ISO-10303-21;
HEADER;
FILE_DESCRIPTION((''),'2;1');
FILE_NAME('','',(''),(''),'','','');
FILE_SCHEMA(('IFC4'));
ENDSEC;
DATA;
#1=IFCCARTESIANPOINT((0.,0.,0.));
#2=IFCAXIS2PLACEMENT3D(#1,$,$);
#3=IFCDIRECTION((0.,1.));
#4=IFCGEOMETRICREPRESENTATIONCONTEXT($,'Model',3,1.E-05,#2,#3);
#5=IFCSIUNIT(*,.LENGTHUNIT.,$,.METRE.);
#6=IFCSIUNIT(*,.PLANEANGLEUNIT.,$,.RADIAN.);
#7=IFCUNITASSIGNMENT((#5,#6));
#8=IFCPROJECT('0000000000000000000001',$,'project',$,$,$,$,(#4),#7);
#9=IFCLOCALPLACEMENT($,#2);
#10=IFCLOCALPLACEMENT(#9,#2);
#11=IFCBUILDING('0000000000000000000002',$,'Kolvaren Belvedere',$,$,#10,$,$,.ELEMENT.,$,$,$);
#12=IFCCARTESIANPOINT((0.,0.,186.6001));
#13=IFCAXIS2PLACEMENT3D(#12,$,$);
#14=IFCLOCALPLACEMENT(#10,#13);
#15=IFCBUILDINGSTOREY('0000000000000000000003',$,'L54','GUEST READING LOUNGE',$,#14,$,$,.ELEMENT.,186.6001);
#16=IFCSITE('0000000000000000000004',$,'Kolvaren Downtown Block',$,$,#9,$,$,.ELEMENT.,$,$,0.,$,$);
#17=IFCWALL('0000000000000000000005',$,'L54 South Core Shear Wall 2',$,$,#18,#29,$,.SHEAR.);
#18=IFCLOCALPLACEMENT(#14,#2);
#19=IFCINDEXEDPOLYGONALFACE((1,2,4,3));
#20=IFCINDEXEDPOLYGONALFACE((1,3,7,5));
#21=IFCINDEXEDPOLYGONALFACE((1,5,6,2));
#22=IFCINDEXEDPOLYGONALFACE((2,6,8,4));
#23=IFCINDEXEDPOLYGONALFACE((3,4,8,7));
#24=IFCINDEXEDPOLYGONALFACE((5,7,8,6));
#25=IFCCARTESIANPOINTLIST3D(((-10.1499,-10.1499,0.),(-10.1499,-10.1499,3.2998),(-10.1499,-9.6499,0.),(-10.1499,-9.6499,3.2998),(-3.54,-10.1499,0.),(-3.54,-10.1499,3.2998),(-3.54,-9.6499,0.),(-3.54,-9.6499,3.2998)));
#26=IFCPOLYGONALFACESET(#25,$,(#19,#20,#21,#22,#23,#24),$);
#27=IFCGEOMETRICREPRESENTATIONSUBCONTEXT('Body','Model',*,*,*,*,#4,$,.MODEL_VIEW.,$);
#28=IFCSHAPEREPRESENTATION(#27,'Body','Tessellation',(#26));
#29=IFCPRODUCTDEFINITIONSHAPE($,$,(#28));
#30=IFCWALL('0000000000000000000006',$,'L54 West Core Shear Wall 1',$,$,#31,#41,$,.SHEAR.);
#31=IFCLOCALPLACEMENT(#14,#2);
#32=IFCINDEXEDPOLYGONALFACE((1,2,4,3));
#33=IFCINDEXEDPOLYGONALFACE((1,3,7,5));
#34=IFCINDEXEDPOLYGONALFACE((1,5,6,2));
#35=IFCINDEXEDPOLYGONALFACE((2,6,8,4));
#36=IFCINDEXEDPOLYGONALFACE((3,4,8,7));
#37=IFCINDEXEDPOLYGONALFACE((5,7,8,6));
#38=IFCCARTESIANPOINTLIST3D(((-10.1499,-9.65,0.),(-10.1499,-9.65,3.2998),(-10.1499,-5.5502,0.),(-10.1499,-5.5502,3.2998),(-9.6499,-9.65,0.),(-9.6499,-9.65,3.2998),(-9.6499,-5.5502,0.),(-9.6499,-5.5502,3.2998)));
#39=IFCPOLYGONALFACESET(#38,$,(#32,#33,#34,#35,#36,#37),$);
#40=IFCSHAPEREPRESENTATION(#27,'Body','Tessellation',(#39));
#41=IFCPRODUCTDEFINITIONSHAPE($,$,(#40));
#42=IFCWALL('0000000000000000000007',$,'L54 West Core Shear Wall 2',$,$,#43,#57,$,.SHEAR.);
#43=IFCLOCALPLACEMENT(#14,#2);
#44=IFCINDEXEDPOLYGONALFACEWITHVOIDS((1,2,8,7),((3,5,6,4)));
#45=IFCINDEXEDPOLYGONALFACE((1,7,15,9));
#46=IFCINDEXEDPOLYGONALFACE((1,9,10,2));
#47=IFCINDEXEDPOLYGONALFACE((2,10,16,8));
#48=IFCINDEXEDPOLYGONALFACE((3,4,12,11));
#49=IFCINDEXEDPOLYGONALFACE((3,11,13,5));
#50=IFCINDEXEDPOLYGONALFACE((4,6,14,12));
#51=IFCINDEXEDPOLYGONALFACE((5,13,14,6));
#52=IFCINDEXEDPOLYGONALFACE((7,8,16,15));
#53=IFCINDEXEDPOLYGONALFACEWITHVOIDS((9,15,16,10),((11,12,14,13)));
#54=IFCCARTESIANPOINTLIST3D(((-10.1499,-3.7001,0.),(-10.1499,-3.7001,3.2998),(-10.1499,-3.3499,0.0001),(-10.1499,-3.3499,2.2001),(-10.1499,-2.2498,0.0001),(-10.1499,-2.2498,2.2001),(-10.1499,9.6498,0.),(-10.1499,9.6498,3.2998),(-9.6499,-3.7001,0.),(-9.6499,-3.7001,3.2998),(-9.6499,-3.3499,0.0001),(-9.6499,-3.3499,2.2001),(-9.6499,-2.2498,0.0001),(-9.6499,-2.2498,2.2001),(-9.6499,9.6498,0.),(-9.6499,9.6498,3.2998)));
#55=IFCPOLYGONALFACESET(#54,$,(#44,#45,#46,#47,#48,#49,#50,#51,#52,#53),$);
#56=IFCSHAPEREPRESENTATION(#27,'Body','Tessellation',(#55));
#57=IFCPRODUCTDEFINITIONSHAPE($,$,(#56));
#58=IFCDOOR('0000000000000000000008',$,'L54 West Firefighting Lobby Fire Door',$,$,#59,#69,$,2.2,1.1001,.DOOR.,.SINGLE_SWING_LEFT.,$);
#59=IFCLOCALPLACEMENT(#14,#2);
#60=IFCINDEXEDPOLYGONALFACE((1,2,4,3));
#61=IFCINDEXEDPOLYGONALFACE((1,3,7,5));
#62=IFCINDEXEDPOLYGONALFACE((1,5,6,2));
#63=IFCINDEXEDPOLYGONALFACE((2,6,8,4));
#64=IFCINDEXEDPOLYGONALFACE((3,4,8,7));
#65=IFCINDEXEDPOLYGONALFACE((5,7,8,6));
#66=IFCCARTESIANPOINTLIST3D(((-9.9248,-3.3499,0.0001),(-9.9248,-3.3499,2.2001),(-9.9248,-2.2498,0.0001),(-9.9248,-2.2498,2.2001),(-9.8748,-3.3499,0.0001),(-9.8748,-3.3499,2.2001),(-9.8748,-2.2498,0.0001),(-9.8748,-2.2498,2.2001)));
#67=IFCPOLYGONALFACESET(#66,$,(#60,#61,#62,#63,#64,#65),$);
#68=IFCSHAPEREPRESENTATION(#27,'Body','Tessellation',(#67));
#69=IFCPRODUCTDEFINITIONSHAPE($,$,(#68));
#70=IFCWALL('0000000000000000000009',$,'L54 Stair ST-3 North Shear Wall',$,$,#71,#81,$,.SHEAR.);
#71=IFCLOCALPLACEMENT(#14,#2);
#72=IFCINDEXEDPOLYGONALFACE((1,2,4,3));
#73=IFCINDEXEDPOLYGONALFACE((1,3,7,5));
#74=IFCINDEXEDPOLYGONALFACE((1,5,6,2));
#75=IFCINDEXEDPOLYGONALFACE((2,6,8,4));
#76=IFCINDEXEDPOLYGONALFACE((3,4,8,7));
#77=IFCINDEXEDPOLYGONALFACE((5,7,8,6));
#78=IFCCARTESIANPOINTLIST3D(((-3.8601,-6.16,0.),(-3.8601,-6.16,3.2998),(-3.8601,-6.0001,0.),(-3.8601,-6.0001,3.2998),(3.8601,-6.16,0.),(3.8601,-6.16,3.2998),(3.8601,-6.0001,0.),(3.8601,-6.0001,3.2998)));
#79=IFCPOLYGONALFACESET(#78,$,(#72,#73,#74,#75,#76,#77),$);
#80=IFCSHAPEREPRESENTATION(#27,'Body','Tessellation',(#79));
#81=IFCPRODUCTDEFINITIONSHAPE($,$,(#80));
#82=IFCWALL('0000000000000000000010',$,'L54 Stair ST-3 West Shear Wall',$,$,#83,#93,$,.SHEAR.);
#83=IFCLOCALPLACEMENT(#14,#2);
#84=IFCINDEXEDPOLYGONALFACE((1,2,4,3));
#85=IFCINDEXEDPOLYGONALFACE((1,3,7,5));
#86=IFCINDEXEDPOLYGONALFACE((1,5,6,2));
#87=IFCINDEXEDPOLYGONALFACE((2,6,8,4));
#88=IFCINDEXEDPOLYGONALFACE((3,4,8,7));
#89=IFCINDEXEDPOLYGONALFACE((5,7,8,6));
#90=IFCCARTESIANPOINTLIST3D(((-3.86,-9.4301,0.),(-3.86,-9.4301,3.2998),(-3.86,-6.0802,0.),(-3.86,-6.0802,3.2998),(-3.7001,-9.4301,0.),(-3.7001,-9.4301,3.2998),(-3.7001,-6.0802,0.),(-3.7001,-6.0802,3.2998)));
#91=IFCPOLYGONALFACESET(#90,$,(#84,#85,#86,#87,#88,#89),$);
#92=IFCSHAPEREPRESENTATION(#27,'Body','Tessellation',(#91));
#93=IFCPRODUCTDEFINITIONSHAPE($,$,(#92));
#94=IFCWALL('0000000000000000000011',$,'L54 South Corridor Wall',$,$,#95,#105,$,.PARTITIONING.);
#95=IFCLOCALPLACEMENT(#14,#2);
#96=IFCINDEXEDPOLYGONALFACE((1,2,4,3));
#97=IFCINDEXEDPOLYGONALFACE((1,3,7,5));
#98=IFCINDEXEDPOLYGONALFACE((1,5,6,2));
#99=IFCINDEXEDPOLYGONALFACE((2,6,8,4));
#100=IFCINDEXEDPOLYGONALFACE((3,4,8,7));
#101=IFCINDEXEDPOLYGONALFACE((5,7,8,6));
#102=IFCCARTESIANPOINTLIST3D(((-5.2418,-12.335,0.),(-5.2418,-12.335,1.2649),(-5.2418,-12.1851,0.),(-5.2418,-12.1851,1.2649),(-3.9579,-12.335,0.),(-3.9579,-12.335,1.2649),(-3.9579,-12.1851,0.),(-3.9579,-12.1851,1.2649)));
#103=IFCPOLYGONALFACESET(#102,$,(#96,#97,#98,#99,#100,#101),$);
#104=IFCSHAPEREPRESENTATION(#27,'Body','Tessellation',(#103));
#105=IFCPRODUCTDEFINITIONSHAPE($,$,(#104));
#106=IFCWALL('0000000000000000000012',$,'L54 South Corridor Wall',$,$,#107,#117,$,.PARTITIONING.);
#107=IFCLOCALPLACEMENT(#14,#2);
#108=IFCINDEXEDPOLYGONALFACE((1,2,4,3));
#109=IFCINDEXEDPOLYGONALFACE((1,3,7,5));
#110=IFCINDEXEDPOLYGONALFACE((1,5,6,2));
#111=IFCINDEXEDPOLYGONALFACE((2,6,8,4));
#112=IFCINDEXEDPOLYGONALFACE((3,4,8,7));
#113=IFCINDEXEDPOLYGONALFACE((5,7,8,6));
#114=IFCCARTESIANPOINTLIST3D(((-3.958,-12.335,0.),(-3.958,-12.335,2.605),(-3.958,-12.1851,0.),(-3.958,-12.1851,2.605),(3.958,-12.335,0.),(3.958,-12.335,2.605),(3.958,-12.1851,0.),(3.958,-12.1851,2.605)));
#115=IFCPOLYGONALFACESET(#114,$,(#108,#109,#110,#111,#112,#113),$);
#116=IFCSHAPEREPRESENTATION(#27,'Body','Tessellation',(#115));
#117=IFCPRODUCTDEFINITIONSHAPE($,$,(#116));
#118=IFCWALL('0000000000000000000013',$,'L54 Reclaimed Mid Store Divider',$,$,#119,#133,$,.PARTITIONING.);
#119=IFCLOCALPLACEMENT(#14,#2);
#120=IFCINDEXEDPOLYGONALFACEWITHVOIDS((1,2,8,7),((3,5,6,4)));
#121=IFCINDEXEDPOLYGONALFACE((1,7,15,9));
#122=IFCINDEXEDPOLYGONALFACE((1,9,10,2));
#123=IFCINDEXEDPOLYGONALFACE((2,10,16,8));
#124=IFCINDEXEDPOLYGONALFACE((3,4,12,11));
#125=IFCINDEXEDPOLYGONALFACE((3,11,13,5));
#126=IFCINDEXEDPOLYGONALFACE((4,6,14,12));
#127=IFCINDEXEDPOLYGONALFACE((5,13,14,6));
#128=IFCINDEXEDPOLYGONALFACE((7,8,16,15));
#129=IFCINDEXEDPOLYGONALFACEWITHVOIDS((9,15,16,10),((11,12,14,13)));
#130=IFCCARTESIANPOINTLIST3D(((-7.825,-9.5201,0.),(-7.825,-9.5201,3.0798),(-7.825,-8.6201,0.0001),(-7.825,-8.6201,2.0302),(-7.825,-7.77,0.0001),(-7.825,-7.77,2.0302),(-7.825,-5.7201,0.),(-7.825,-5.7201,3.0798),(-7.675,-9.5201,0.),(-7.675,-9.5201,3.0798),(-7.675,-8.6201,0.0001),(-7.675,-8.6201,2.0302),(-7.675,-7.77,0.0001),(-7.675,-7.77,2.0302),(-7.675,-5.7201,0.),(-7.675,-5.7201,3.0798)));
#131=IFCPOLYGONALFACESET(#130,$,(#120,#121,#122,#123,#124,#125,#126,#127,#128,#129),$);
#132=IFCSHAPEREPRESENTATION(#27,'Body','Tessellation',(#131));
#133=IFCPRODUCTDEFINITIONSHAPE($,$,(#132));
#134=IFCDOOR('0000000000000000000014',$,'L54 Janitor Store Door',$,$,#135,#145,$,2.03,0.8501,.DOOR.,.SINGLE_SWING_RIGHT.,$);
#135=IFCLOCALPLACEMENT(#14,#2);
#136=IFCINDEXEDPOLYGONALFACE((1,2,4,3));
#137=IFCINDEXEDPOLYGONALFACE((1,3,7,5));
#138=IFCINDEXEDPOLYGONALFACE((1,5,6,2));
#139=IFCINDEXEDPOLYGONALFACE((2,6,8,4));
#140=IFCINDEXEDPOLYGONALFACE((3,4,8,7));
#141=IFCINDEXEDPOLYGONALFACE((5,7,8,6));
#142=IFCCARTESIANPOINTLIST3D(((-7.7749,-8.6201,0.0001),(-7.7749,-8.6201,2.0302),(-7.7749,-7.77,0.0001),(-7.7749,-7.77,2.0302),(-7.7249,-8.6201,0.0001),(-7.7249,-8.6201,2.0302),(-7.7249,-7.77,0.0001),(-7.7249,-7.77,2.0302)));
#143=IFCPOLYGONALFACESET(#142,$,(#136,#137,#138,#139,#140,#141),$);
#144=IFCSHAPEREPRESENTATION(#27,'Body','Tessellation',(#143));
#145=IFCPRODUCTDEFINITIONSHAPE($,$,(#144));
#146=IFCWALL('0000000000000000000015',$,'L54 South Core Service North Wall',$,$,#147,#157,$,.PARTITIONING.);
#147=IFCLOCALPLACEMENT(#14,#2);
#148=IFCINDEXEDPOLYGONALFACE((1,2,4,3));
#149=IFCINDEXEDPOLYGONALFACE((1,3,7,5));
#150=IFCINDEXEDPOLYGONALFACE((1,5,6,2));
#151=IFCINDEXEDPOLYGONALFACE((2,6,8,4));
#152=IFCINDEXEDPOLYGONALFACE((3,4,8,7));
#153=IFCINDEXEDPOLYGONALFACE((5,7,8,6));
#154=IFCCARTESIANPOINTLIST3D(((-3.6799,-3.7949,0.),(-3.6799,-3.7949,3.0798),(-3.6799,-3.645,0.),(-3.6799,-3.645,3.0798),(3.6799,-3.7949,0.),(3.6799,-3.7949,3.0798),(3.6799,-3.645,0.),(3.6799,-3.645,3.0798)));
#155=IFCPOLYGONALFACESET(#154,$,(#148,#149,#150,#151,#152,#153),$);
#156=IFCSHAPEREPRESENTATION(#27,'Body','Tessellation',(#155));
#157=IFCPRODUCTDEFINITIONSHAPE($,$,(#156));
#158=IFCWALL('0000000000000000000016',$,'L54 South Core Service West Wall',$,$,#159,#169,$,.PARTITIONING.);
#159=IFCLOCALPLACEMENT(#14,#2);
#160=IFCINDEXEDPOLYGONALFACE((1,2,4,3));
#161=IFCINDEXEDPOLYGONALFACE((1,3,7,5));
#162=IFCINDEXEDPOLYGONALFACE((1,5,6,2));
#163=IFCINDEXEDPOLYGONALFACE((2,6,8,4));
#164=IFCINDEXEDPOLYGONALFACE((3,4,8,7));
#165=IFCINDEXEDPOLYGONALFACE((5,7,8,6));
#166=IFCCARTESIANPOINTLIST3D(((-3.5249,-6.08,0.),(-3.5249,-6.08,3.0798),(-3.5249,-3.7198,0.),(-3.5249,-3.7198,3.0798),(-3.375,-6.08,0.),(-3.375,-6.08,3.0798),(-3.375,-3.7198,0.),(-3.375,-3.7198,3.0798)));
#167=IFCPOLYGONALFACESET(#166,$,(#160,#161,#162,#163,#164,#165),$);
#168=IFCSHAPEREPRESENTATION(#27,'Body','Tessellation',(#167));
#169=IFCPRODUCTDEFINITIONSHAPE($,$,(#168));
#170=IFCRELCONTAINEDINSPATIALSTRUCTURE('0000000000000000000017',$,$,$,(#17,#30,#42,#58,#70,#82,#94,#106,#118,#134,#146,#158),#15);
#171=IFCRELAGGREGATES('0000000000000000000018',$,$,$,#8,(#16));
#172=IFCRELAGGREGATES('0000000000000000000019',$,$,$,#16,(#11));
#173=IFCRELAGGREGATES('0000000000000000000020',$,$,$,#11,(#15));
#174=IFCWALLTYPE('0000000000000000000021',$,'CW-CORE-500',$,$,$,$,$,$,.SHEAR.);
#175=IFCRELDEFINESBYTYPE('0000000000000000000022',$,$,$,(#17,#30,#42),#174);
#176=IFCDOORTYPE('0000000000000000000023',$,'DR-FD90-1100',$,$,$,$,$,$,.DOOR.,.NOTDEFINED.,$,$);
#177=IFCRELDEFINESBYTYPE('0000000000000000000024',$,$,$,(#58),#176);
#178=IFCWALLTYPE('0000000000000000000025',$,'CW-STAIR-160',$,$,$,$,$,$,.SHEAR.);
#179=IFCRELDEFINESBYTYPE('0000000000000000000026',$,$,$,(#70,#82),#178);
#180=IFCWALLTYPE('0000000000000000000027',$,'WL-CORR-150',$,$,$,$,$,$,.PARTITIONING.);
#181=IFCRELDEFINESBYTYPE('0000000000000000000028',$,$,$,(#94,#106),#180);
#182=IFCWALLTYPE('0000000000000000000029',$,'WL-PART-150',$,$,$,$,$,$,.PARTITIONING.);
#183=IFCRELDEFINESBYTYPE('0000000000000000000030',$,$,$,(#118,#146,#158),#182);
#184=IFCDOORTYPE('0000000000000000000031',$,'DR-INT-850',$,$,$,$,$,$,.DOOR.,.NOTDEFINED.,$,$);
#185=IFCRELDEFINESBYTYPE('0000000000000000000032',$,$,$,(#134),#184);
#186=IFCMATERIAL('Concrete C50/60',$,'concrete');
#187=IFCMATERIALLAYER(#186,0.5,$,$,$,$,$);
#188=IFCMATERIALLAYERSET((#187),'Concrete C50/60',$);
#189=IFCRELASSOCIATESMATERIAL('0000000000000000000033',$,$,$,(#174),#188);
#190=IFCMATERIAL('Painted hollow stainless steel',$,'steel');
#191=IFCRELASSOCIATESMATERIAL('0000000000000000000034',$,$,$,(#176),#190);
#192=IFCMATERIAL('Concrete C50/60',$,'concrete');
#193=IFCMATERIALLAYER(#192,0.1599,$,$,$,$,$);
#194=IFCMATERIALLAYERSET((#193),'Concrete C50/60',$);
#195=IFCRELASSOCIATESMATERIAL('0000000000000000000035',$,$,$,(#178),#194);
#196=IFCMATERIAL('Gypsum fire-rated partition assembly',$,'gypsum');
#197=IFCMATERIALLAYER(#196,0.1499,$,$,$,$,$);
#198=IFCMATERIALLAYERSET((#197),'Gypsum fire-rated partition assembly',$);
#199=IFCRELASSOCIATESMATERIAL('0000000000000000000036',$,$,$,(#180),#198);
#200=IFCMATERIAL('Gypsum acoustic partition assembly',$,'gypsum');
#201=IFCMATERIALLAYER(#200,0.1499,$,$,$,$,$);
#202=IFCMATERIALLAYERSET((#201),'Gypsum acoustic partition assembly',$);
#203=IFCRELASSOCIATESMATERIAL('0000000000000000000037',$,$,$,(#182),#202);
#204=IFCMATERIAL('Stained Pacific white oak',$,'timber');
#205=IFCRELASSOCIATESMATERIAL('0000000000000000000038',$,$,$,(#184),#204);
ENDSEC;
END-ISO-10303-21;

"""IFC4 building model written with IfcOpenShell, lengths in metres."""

from ifc_helpers import new_model, si_unit, direction, frame, frame_2d, origin, place, context, subcontext, project, spatial, rectangle, extrude, material, layer, layer_set, type_object, element, fill, save


model = new_model("IFC4")

# Units and contexts
model_context = context("Model", 3, precision=1e-05, world=origin(), true_north=direction((0.0, 1.0)))
body_context = subcontext(model_context, "Body", "Model", "MODEL_VIEW")
ifc_project = project(units=[si_unit("LENGTHUNIT", "METRE"), si_unit("PLANEANGLEUNIT", "RADIAN")], contexts=[model_context])

# Site, building, storey
site_placement = place(None, origin())
site = spatial("IfcSite", under=ifc_project, at=site_placement, Name="Kolvaren Downtown Block", CompositionType="ELEMENT", RefElevation=0.0)
building_placement = place(site_placement, origin())
building = spatial("IfcBuilding", under=site, at=building_placement, Name="Kolvaren Belvedere", CompositionType="ELEMENT")
storey_placement = place(building_placement, frame((0.0, 0.0, 186.6001)))
storey = spatial("IfcBuildingStorey", under=building, at=storey_placement, Name="L54", Description="GUEST READING LOUNGE", CompositionType="ELEMENT", Elevation=186.6001)

# Walls
ifc_material_1 = material(Name="Concrete C50/60", Category="concrete")
ifc_layer_1 = layer(ifc_material_1, 0.5)
ifc_layer_set_1 = layer_set([ifc_layer_1], Name="Concrete C50/60")
wall_type_1 = type_object("IfcWallType", Name="CW-CORE-500", PredefinedType="SHEAR", material=ifc_layer_set_1)
wall_1_placement = place(storey_placement, frame((-3.54, -9.8999, 0.0), z_axis=(0.0, 0.0, 1.0), x_axis=(-1.0, 0.0, 0.0)))
element("IfcWall", 1, at=wall_1_placement, inside=storey, type_object=wall_type_1, Name="L54 South Core Shear Wall 2", PredefinedType="SHEAR", context=body_context, shape_type="SweptSolid", body=[
    extrude(rectangle(XDim=6.6099, YDim=0.5, at=frame_2d((3.3049, 0.0))), origin(), (0.0, 0.0, 1.0), 3.2998),
])
wall_2_placement = place(storey_placement, frame((-9.8999, -9.6499, 0.0), z_axis=(0.0, 0.0, 1.0), x_axis=(0.0, 1.0, 0.0)))
element("IfcWall", 2, at=wall_2_placement, inside=storey, type_object=wall_type_1, Name="L54 West Core Shear Wall 1", PredefinedType="SHEAR", context=body_context, shape_type="SweptSolid", body=[
    extrude(rectangle(XDim=4.0999, YDim=0.5, at=frame_2d((2.0498, 0.0))), origin(), (0.0, 0.0, 1.0), 3.2998),
])

# Wall, opening, door
wall_3_placement = place(storey_placement, frame((-9.8999, -3.7, 0.0), z_axis=(0.0, 0.0, 1.0), x_axis=(0.0, 1.0, 0.0)))
wall_3 = element("IfcWall", 3, at=wall_3_placement, inside=storey, type_object=wall_type_1, Name="L54 West Core Shear Wall 2", PredefinedType="SHEAR", context=body_context, shape_type="SweptSolid", body=[
    extrude(rectangle(XDim=13.3499, YDim=0.5, at=frame_2d((6.6748, 0.0))), origin(), (0.0, 0.0, 1.0), 3.2998),
])
opening_1_placement = place(wall_3_placement, frame((0.3501, 0.0, 0.0)))
opening_1 = element("IfcOpeningElement", 4, at=opening_1_placement, cuts=wall_3, PredefinedType="OPENING", context=body_context, shape_type="SweptSolid", body=[
    extrude(rectangle(XDim=1.1001, YDim=2.2, at=frame_2d((0.55, 1.1001))), frame((0.0, 0.26, 0.0), z_axis=(0.0, -1.0, 0.0), x_axis=(1.0, 0.0, 0.0)), (0.0, 0.0, 1.0), 0.52),
])
ifc_material_2 = material(Name="Painted hollow stainless steel", Category="steel")
door_type_1 = type_object("IfcDoorType", Name="DR-FD90-1100", OperationType="NOTDEFINED", PredefinedType="DOOR", material=ifc_material_2)
door_1_placement = place(opening_1_placement, origin())
door_1 = element("IfcDoor", 5, at=door_1_placement, inside=storey, type_object=door_type_1, Name="L54 West Firefighting Lobby Fire Door", OperationType="SINGLE_SWING_LEFT", OverallHeight=2.2, OverallWidth=1.1001, PredefinedType="DOOR", context=body_context, shape_type="SweptSolid", body=[
    extrude(rectangle(XDim=1.1001, YDim=2.2, at=frame_2d((0.55, 1.1001))), frame((0.0, 0.0249, 0.0), z_axis=(0.0, -1.0, 0.0), x_axis=(1.0, 0.0, 0.0)), (0.0, 0.0, 1.0), 0.05),
])
fill(opening_1, door_1)

# Walls
ifc_material_3 = material(Name="Concrete C50/60", Category="concrete")
ifc_layer_2 = layer(ifc_material_3, 0.1599)
ifc_layer_set_2 = layer_set([ifc_layer_2], Name="Concrete C50/60")
wall_type_2 = type_object("IfcWallType", Name="CW-STAIR-160", PredefinedType="SHEAR", material=ifc_layer_set_2)
wall_4_placement = place(storey_placement, frame((-3.8601, -6.0801, 0.0), z_axis=(0.0, 0.0, 1.0), x_axis=(1.0, 0.0, 0.0)))
element("IfcWall", 6, at=wall_4_placement, inside=storey, type_object=wall_type_2, Name="L54 Stair ST-3 North Shear Wall", PredefinedType="SHEAR", context=body_context, shape_type="SweptSolid", body=[
    extrude(rectangle(XDim=7.7202, YDim=0.1599, at=frame_2d((3.8601, 0.0))), origin(), (0.0, 0.0, 1.0), 3.2998),
])
wall_5_placement = place(storey_placement, frame((-3.78, -9.4299, 0.0), z_axis=(0.0, 0.0, 1.0), x_axis=(0.0, 1.0, 0.0)))
element("IfcWall", 7, at=wall_5_placement, inside=storey, type_object=wall_type_2, Name="L54 Stair ST-3 West Shear Wall", PredefinedType="SHEAR", context=body_context, shape_type="SweptSolid", body=[
    extrude(rectangle(XDim=3.3499, YDim=0.1599, at=frame_2d((1.6748, 0.0))), origin(), (0.0, 0.0, 1.0), 3.2998),
])
ifc_material_4 = material(Name="Gypsum fire-rated partition assembly", Category="gypsum")
ifc_layer_3 = layer(ifc_material_4, 0.1499)
ifc_layer_set_3 = layer_set([ifc_layer_3], Name="Gypsum fire-rated partition assembly")
wall_type_3 = type_object("IfcWallType", Name="WL-CORR-150", PredefinedType="PARTITIONING", material=ifc_layer_set_3)
wall_6_placement = place(storey_placement, frame((-5.2419, -12.26, 0.0), z_axis=(0.0, 0.0, 1.0), x_axis=(1.0, 0.0, 0.0)))
element("IfcWall", 8, at=wall_6_placement, inside=storey, type_object=wall_type_3, Name="L54 South Corridor Wall", PredefinedType="PARTITIONING", context=body_context, shape_type="SweptSolid", body=[
    extrude(rectangle(XDim=1.2839, YDim=0.1499, at=frame_2d((0.6421, 0.0))), origin(), (0.0, 0.0, 1.0), 1.2649),
])
wall_7_placement = place(storey_placement, frame((-3.958, -12.26, 0.0), z_axis=(0.0, 0.0, 1.0), x_axis=(1.0, 0.0, 0.0)))
element("IfcWall", 9, at=wall_7_placement, inside=storey, type_object=wall_type_3, Name="L54 South Corridor Wall", PredefinedType="PARTITIONING", context=body_context, shape_type="SweptSolid", body=[
    extrude(rectangle(XDim=7.916, YDim=0.1499, at=frame_2d((3.958, 0.0))), origin(), (0.0, 0.0, 1.0), 2.605),
])

# Wall, opening, door
ifc_material_5 = material(Name="Gypsum acoustic partition assembly", Category="gypsum")
ifc_layer_4 = layer(ifc_material_5, 0.1499)
ifc_layer_set_4 = layer_set([ifc_layer_4], Name="Gypsum acoustic partition assembly")
wall_type_4 = type_object("IfcWallType", Name="WL-PART-150", PredefinedType="PARTITIONING", material=ifc_layer_set_4)
wall_8_placement = place(storey_placement, frame((-7.75, -9.52, 0.0), z_axis=(0.0, 0.0, 1.0), x_axis=(0.0, 1.0, 0.0)))
wall_8 = element("IfcWall", 10, at=wall_8_placement, inside=storey, type_object=wall_type_4, Name="L54 Reclaimed Mid Store Divider", PredefinedType="PARTITIONING", context=body_context, shape_type="SweptSolid", body=[
    extrude(rectangle(XDim=3.8, YDim=0.1499, at=frame_2d((1.8999, 0.0))), origin(), (0.0, 0.0, 1.0), 3.0798),
])
opening_2_placement = place(wall_8_placement, frame((0.8999, 0.0, 0.0)))
opening_2 = element("IfcOpeningElement", 11, at=opening_2_placement, cuts=wall_8, PredefinedType="OPENING", context=body_context, shape_type="SweptSolid", body=[
    extrude(rectangle(XDim=0.8501, YDim=2.03, at=frame_2d((0.425, 1.0151))), frame((0.0, 0.085, 0.0), z_axis=(0.0, -1.0, 0.0), x_axis=(1.0, 0.0, 0.0)), (0.0, 0.0, 1.0), 0.1699),
])
ifc_material_6 = material(Name="Stained Pacific white oak", Category="timber")
door_type_2 = type_object("IfcDoorType", Name="DR-INT-850", OperationType="NOTDEFINED", PredefinedType="DOOR", material=ifc_material_6)
door_2_placement = place(opening_2_placement, origin())
door_2 = element("IfcDoor", 12, at=door_2_placement, inside=storey, type_object=door_type_2, Name="L54 Janitor Store Door", OperationType="SINGLE_SWING_RIGHT", OverallHeight=2.03, OverallWidth=0.8501, PredefinedType="DOOR", context=body_context, shape_type="SweptSolid", body=[
    extrude(rectangle(XDim=0.8501, YDim=2.03, at=frame_2d((0.425, 1.0151))), frame((0.0, 0.0249, 0.0), z_axis=(0.0, -1.0, 0.0), x_axis=(1.0, 0.0, 0.0)), (0.0, 0.0, 1.0), 0.05),
])
fill(opening_2, door_2)

# Walls
wall_9_placement = place(storey_placement, frame((-3.6799, -3.72, 0.0), z_axis=(0.0, 0.0, 1.0), x_axis=(1.0, 0.0, 0.0)))
element("IfcWall", 13, at=wall_9_placement, inside=storey, type_object=wall_type_4, Name="L54 South Core Service North Wall", PredefinedType="PARTITIONING", context=body_context, shape_type="SweptSolid", body=[
    extrude(rectangle(XDim=7.3599, YDim=0.1499, at=frame_2d((3.6799, 0.0))), origin(), (0.0, 0.0, 1.0), 3.0798),
])
wall_10_placement = place(storey_placement, frame((-3.45, -6.0801, 0.0), z_axis=(0.0, 0.0, 1.0), x_axis=(0.0, 1.0, 0.0)))
element("IfcWall", 14, at=wall_10_placement, inside=storey, type_object=wall_type_4, Name="L54 South Core Service West Wall", PredefinedType="PARTITIONING", context=body_context, shape_type="SweptSolid", body=[
    extrude(rectangle(XDim=2.3601, YDim=0.1499, at=frame_2d((1.1802, 0.0))), origin(), (0.0, 0.0, 1.0), 3.0798),
])

save(model, "model.ifc")
